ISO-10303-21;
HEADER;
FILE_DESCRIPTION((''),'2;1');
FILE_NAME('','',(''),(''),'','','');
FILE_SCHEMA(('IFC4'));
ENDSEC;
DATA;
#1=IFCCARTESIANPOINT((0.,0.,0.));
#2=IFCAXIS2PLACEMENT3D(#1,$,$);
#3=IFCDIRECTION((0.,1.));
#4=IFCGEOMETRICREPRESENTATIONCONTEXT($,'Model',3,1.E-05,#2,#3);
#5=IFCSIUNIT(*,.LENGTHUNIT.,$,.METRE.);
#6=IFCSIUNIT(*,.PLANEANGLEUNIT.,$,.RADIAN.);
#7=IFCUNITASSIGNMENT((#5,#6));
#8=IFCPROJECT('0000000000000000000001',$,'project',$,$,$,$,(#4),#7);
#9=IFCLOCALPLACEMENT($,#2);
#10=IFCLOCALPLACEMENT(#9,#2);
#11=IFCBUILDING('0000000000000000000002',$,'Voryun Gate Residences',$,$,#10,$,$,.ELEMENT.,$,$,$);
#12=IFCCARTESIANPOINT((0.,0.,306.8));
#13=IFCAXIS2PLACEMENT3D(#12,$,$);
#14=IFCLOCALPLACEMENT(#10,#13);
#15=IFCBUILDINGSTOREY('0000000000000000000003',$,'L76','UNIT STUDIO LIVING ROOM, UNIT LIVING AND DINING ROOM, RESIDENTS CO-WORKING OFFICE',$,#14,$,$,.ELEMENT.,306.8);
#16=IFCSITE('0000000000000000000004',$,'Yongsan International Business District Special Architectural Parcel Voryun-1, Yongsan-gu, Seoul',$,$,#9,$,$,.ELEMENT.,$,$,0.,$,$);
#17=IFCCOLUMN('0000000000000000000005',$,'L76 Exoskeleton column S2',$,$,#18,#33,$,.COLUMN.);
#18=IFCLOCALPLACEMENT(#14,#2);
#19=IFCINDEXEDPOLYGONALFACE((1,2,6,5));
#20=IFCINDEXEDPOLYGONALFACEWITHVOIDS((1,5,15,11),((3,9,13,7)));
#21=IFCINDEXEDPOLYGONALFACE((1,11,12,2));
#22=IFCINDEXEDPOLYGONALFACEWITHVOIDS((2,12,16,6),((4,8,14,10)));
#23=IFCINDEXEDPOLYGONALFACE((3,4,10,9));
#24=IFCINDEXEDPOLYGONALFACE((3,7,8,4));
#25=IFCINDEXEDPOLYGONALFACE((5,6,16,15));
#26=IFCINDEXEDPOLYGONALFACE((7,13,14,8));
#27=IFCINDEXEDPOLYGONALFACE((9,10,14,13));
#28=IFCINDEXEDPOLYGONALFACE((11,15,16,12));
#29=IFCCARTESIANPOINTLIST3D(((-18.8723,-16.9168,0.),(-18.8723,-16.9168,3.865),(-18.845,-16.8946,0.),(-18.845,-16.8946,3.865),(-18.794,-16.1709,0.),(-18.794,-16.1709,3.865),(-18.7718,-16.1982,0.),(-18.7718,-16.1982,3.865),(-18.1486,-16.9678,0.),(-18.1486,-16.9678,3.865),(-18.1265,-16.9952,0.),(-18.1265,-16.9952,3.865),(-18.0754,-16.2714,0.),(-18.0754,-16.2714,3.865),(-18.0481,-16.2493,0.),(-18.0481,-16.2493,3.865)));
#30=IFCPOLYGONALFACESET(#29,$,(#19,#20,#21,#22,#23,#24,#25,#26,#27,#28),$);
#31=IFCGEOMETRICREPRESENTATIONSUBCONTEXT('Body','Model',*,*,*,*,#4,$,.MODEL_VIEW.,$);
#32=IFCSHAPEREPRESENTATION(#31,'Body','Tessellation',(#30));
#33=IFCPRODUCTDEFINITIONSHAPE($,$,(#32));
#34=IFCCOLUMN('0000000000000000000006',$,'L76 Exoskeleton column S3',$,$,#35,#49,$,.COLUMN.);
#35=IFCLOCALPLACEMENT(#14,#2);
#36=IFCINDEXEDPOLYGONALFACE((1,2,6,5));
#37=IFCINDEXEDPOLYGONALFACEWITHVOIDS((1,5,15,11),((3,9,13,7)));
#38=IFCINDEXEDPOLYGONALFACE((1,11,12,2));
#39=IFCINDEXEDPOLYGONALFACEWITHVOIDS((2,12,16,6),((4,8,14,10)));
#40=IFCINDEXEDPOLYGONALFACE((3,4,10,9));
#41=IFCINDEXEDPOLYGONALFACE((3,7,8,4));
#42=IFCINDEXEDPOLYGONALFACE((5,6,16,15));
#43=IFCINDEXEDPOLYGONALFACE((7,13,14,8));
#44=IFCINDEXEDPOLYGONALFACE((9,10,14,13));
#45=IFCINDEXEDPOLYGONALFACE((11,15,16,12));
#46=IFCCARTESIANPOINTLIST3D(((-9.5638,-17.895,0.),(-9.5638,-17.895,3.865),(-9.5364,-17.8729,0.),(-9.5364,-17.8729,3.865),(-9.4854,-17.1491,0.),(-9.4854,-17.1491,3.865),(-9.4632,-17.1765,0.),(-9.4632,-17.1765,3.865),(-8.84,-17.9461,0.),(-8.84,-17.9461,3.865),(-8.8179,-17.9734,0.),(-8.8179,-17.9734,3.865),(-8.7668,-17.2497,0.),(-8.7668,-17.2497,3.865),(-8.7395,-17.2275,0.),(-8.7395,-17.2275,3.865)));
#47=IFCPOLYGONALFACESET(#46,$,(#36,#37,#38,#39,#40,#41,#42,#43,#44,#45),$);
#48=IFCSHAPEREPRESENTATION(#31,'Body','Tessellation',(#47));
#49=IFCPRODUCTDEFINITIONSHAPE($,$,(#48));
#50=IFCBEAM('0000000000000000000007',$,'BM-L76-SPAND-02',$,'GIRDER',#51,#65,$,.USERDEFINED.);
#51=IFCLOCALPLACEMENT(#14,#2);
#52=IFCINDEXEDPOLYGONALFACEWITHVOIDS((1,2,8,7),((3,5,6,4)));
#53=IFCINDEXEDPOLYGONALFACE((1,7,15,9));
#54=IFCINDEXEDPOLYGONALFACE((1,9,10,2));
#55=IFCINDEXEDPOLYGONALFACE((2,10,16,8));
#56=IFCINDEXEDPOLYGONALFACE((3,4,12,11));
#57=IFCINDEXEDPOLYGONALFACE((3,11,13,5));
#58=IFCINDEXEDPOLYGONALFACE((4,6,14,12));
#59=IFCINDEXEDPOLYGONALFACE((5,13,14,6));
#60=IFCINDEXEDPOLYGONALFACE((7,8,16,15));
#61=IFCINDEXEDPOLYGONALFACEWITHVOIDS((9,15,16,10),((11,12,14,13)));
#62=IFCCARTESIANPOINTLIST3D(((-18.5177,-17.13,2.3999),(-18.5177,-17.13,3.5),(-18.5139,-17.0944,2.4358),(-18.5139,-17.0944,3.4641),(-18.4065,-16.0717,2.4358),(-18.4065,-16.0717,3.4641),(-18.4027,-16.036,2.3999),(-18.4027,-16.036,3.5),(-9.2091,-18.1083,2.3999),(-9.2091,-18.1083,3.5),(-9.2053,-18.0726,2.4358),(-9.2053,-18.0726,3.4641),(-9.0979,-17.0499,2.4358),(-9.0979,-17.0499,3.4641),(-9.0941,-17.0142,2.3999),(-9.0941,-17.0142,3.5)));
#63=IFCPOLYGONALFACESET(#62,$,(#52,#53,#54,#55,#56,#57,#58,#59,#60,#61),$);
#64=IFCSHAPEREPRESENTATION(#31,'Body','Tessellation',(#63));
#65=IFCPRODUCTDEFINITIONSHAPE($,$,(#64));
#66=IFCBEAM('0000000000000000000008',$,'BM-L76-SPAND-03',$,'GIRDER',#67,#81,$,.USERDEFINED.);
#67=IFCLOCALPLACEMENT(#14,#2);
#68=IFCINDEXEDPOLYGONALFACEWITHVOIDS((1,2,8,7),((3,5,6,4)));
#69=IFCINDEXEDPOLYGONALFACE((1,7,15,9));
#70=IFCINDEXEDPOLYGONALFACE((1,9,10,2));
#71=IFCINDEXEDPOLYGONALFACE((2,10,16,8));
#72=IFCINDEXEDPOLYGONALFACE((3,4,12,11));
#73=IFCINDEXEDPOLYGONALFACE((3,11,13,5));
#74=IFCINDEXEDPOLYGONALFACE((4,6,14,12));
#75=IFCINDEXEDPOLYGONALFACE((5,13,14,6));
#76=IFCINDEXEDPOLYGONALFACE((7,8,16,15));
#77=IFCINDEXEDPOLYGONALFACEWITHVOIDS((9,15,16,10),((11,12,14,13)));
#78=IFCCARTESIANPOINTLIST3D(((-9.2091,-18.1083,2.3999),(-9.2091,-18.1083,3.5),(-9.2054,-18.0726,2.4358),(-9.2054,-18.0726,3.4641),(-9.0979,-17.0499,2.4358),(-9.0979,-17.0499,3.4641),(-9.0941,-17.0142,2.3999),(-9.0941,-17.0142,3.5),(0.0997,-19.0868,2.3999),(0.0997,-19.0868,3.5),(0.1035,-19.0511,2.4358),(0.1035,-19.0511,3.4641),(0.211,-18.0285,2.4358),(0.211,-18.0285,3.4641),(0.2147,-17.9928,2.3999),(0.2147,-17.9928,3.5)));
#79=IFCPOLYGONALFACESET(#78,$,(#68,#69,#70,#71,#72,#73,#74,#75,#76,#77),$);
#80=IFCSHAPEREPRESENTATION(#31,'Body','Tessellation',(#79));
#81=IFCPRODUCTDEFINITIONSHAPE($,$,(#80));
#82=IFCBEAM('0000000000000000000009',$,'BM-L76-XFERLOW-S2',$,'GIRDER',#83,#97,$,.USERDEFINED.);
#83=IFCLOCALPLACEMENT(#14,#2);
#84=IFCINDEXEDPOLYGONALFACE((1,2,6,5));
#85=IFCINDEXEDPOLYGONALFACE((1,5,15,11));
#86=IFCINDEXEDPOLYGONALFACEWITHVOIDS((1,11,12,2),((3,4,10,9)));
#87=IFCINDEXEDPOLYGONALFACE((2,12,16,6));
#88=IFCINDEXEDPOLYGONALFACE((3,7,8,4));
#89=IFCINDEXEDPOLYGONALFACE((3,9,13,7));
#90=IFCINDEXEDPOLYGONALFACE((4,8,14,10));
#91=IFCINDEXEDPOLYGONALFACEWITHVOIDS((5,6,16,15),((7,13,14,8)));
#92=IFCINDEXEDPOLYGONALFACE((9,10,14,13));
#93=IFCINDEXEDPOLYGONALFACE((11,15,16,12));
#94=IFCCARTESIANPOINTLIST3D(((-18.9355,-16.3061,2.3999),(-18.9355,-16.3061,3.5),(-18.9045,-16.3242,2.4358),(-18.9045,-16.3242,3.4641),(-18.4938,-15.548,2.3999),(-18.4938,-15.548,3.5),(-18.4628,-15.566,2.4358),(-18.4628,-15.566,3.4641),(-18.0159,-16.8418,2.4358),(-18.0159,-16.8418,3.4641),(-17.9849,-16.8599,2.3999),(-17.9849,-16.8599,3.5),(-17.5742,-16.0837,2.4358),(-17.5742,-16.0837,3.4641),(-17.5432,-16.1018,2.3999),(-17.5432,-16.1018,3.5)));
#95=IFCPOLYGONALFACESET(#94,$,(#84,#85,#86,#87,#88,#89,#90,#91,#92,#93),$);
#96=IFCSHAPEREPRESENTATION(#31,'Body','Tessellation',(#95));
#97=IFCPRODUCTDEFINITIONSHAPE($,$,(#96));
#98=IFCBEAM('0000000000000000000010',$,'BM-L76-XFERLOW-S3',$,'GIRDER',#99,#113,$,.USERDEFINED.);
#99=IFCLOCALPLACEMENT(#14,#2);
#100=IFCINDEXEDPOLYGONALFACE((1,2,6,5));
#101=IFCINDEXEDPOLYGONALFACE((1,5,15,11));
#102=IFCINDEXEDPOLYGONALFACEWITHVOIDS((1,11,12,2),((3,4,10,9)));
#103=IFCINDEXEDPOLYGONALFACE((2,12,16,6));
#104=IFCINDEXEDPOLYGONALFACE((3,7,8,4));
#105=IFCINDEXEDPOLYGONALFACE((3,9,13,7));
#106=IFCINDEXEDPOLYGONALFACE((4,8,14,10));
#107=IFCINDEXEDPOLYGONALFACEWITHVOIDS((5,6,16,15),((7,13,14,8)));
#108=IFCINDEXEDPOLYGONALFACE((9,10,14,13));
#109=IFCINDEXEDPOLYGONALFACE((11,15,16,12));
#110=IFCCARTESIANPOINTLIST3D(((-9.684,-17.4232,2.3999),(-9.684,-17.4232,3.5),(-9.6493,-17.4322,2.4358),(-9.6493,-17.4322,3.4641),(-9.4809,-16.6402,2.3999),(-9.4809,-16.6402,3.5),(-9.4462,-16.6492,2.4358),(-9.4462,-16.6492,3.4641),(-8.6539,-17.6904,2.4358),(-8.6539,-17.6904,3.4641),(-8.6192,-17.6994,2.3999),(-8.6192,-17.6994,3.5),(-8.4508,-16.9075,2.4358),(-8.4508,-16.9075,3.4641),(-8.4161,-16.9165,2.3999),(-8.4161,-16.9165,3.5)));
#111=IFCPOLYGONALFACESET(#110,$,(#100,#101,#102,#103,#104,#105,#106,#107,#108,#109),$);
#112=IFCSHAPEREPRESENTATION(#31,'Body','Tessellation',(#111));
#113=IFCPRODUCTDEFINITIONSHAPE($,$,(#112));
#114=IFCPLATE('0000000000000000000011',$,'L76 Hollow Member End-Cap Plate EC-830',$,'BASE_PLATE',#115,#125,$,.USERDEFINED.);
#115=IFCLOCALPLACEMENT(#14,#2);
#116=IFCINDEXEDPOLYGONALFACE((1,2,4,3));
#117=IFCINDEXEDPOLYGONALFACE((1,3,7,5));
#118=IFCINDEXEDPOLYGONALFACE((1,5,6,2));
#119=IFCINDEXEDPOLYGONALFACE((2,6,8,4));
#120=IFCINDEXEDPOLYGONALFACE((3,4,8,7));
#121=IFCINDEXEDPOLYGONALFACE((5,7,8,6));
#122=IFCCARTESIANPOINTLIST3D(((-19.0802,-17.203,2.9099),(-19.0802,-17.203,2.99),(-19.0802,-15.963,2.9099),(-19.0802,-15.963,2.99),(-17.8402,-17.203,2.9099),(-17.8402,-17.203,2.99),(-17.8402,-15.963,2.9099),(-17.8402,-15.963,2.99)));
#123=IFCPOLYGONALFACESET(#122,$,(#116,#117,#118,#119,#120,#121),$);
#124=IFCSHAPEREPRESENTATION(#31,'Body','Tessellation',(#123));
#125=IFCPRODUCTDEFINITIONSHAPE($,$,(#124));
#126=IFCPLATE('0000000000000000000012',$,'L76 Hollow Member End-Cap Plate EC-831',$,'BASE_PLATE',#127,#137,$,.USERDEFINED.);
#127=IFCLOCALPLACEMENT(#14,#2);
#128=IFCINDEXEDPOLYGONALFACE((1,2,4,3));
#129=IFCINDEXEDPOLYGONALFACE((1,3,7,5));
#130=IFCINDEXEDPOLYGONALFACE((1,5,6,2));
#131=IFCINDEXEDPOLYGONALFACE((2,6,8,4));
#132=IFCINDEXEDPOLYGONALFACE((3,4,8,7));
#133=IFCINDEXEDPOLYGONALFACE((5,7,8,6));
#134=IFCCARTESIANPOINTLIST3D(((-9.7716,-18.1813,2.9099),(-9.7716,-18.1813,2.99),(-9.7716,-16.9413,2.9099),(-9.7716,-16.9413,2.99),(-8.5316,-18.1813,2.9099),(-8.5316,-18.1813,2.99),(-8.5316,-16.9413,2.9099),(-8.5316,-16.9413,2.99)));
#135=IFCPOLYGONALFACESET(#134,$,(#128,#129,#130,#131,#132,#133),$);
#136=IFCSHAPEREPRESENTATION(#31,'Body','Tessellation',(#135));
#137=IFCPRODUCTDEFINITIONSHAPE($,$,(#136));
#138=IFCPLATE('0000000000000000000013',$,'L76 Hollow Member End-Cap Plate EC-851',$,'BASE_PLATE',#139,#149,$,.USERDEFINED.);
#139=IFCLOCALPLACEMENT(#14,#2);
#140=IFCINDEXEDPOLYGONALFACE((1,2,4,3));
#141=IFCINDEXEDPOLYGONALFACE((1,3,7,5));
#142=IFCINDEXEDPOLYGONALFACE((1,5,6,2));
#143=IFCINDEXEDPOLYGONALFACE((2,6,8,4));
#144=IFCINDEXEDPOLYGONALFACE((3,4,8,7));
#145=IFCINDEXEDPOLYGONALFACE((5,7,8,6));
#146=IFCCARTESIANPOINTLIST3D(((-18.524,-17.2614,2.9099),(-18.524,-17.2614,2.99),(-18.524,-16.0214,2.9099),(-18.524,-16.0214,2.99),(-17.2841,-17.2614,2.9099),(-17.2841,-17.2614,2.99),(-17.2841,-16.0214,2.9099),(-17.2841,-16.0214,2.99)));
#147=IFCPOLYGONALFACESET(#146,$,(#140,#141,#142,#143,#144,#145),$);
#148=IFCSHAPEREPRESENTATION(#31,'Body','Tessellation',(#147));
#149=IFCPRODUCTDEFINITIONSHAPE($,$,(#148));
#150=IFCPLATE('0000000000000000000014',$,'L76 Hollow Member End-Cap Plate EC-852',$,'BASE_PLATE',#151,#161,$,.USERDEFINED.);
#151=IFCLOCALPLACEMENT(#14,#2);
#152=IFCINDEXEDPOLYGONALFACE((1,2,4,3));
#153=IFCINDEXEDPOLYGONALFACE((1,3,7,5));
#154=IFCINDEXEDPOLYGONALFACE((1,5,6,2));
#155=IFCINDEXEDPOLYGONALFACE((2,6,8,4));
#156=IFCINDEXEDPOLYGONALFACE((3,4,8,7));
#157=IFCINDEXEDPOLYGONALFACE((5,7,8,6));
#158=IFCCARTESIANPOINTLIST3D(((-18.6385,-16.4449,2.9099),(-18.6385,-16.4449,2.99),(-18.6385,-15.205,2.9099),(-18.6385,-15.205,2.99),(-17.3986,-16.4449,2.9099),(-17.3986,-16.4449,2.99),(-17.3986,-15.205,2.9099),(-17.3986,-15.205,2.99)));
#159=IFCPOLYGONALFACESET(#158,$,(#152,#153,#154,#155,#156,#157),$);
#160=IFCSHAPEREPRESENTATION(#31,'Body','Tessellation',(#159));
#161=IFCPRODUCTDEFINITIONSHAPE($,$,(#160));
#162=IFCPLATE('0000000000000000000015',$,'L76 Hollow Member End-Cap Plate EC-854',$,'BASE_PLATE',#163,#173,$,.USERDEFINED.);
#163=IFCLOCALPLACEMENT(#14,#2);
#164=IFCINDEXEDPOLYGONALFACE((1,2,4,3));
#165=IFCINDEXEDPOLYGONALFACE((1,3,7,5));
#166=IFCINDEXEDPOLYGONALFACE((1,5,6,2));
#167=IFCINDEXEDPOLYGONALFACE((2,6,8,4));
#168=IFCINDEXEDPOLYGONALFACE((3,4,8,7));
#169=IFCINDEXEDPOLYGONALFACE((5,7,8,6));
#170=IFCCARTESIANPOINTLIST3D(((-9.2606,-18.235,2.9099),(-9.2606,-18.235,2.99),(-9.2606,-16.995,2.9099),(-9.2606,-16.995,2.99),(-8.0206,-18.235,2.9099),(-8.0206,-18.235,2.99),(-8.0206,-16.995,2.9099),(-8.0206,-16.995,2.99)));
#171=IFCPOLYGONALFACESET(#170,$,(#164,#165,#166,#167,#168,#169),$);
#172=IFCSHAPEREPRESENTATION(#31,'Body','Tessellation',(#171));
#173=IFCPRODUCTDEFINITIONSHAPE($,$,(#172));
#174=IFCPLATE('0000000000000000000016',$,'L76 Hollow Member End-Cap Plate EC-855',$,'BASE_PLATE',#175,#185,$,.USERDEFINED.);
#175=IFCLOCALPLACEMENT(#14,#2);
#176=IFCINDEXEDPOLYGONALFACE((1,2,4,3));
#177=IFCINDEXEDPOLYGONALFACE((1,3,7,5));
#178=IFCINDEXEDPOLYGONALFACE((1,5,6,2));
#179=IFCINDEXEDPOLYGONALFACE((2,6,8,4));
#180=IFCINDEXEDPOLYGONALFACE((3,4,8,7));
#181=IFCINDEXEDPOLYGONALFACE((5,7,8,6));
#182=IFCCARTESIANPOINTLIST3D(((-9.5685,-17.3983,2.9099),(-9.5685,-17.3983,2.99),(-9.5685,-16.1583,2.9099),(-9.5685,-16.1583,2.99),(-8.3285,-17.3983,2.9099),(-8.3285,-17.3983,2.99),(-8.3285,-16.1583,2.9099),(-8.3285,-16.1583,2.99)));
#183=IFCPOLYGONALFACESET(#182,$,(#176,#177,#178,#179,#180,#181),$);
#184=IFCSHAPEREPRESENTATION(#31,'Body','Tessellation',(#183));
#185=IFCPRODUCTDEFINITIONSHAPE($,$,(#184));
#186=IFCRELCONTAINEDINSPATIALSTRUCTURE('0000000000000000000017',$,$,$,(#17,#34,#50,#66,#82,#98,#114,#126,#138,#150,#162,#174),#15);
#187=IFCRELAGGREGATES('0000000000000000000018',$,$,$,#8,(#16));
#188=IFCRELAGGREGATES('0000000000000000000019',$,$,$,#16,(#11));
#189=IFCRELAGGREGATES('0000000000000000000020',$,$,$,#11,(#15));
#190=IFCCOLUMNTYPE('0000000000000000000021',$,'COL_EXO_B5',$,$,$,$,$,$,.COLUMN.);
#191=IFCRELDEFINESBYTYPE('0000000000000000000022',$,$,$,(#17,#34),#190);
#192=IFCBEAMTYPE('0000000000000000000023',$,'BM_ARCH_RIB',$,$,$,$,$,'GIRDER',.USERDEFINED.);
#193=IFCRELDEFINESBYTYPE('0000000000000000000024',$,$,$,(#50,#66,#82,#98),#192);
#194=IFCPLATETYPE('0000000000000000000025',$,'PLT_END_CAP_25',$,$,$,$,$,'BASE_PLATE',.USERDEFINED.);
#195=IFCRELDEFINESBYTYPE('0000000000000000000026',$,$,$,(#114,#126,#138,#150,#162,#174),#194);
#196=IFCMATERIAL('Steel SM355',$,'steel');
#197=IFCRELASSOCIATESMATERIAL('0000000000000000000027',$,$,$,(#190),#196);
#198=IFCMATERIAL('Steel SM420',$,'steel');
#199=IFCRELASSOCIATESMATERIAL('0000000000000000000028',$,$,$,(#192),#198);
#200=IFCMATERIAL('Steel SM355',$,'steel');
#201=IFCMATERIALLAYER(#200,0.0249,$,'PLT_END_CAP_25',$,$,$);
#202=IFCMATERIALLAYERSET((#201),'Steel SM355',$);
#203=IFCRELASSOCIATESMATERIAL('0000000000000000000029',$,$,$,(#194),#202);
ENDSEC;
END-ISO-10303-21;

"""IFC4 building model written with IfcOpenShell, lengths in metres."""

from ifc_helpers import new_model, si_unit, direction, frame, origin, origin_2d, place, context, subcontext, project, spatial, rectangle, hollow_rectangle, extrude, material, layer, layer_set, material_profile, profile_set, type_object, element, save


model = new_model("IFC4")

# Units and contexts
model_context = context("Model", 3, precision=1e-05, world=origin(), true_north=direction((0.0, 1.0)))
body_context = subcontext(model_context, "Body", "Model", "MODEL_VIEW")
ifc_project = project(units=[si_unit("LENGTHUNIT", "METRE"), si_unit("PLANEANGLEUNIT", "RADIAN")], contexts=[model_context])

# Site, building, storey
site_placement = place(None, origin())
site = spatial("IfcSite", under=ifc_project, at=site_placement, Name="Yongsan International Business District Special Architectural Parcel Voryun-1, Yongsan-gu, Seoul", CompositionType="ELEMENT", RefElevation=0.0)
building_placement = place(site_placement, origin())
building = spatial("IfcBuilding", under=site, at=building_placement, Name="Voryun Gate Residences", CompositionType="ELEMENT")
storey_placement = place(building_placement, frame((0.0, 0.0, 306.8)))
storey = spatial("IfcBuildingStorey", under=building, at=storey_placement, Name="L76", Description="UNIT STUDIO LIVING ROOM, UNIT LIVING AND DINING ROOM, RESIDENTS CO-WORKING OFFICE", CompositionType="ELEMENT", Elevation=306.8)

# Columns
ifc_material_1 = material(Name="Steel SM355", Category="steel")
ifc_material_profile_1 = material_profile(ifc_material_1, hollow_rectangle(XDim=0.75, YDim=0.75, WallThickness=0.0249, at=origin_2d()), Name="BOX-750x750x25")
ifc_profile_set_1 = profile_set([ifc_material_profile_1], Name="Steel SM355")
column_type = type_object("IfcColumnType", Name="COL_EXO_B5", PredefinedType="COLUMN", material=ifc_profile_set_1)
for number, where, z_axis, x_axis, name in (
    (1, (-18.4602, -16.583, 0.0), (0.0, 0.0, 1.0), (0.994522, -0.104528, 0.0), "L76 Exoskeleton column S2"),
    (2, (-9.1516, -17.5613, 0.0), (0.0, 0.0, 1.0), (0.994522, -0.104528, 0.0), "L76 Exoskeleton column S3"),
):
    element("IfcColumn", number, at=place(storey_placement, frame(where, z_axis=z_axis, x_axis=x_axis)), inside=storey, type_object=column_type, Name=name, PredefinedType="COLUMN", context=body_context, shape_type="SweptSolid", body=[
        extrude(hollow_rectangle(XDim=0.75, YDim=0.75, WallThickness=0.0249, at=origin_2d()), origin(), (0.0, 0.0, 1.0), 3.865),
    ])

# Beams
ifc_material_2 = material(Name="Steel SM420", Category="steel")
ifc_material_profile_2 = material_profile(ifc_material_2, hollow_rectangle(XDim=1.1001, YDim=1.1001, WallThickness=0.0359, at=origin_2d()), Name="BOX-1100x1100x36")
ifc_profile_set_2 = profile_set([ifc_material_profile_2], Name="Steel SM420")
beam_type = type_object("IfcBeamType", Name="BM_ARCH_RIB", ElementType="GIRDER", PredefinedType="USERDEFINED", material=ifc_profile_set_2)
beam_1_placement = place(storey_placement, frame((-18.4602, -16.583, 2.95), z_axis=(0.994523, -0.104518, 0.0), x_axis=(0.104518, 0.994523, 0.0)))
element("IfcBeam", 3, at=beam_1_placement, inside=storey, type_object=beam_type, Name="BM-L76-SPAND-02", ObjectType="GIRDER", PredefinedType="USERDEFINED", context=body_context, shape_type="SweptSolid", body=[
    extrude(hollow_rectangle(XDim=1.1001, YDim=1.1001, WallThickness=0.0359, at=origin_2d()), origin(), (0.0, 0.0, 1.0), 9.3599),
])
beam_2_placement = place(storey_placement, frame((-9.1516, -17.5613, 2.95), z_axis=(0.994521, -0.104541, 0.0), x_axis=(0.104541, 0.994521, 0.0)))
element("IfcBeam", 4, at=beam_2_placement, inside=storey, type_object=beam_type, Name="BM-L76-SPAND-03", ObjectType="GIRDER", PredefinedType="USERDEFINED", context=body_context, shape_type="SweptSolid", body=[
    extrude(hollow_rectangle(XDim=1.1001, YDim=1.1001, WallThickness=0.0359, at=origin_2d()), origin(), (0.0, 0.0, 1.0), 9.3601),
])
beam_3_placement = place(storey_placement, frame((-18.4602, -16.583, 2.95), z_axis=(0.503404, 0.864051, 0.0), x_axis=(-0.864051, 0.503404, 0.0)))
element("IfcBeam", 5, at=beam_3_placement, inside=storey, type_object=beam_type, Name="BM-L76-XFERLOW-S2", ObjectType="GIRDER", PredefinedType="USERDEFINED", context=body_context, shape_type="SweptSolid", body=[
    extrude(hollow_rectangle(XDim=1.1001, YDim=1.1001, WallThickness=0.0359, at=origin_2d()), origin(), (0.0, 0.0, 1.0), 0.8774),
])
beam_4_placement = place(storey_placement, frame((-9.1516, -17.5613, 2.95), z_axis=(0.251119, 0.967956, 0.0), x_axis=(-0.967956, 0.251119, 0.0)))
element("IfcBeam", 6, at=beam_4_placement, inside=storey, type_object=beam_type, Name="BM-L76-XFERLOW-S3", ObjectType="GIRDER", PredefinedType="USERDEFINED", context=body_context, shape_type="SweptSolid", body=[
    extrude(hollow_rectangle(XDim=1.1001, YDim=1.1001, WallThickness=0.0359, at=origin_2d()), origin(), (0.0, 0.0, 1.0), 0.8088),
])

# Plates
ifc_material_3 = material(Name="Steel SM355", Category="steel")
ifc_layer_1 = layer(ifc_material_3, 0.0249, Name="PLT_END_CAP_25")
ifc_layer_set_1 = layer_set([ifc_layer_1], Name="Steel SM355")
plate_type = type_object("IfcPlateType", Name="PLT_END_CAP_25", ElementType="BASE_PLATE", PredefinedType="USERDEFINED", material=ifc_layer_set_1)
for number, where, z_axis, x_axis, name in (
    (7, (-18.4602, -16.583, 2.9099), (0.0, 0.0, 1.0), (1.0, 0.0, 0.0), "L76 Hollow Member End-Cap Plate EC-830"),
    (8, (-9.1516, -17.5613, 2.9099), (0.0, 0.0, 1.0), (1.0, 0.0, 0.0), "L76 Hollow Member End-Cap Plate EC-831"),
    (9, (-17.9041, -16.6414, 2.9099), (0.0, 0.0, 1.0), (1.0, 0.0, 0.0), "L76 Hollow Member End-Cap Plate EC-851"),
    (10, (-18.0186, -15.825, 2.9099), (0.0, 0.0, 1.0), (1.0, 0.0, 0.0), "L76 Hollow Member End-Cap Plate EC-852"),
    (11, (-8.6406, -17.615, 2.9099), (0.0, 0.0, 1.0), (1.0, 0.0, 0.0), "L76 Hollow Member End-Cap Plate EC-854"),
    (12, (-8.9485, -16.7783, 2.9099), (0.0, 0.0, 1.0), (1.0, 0.0, 0.0), "L76 Hollow Member End-Cap Plate EC-855"),
):
    element("IfcPlate", number, at=place(storey_placement, frame(where, z_axis=z_axis, x_axis=x_axis)), inside=storey, type_object=plate_type, Name=name, ObjectType="BASE_PLATE", PredefinedType="USERDEFINED", context=body_context, shape_type="SweptSolid", body=[
        extrude(rectangle(XDim=1.24, YDim=1.24, at=origin_2d()), origin(), (0.0, 0.0, 1.0), 0.0801),
    ])

save(model, "model.ifc")
